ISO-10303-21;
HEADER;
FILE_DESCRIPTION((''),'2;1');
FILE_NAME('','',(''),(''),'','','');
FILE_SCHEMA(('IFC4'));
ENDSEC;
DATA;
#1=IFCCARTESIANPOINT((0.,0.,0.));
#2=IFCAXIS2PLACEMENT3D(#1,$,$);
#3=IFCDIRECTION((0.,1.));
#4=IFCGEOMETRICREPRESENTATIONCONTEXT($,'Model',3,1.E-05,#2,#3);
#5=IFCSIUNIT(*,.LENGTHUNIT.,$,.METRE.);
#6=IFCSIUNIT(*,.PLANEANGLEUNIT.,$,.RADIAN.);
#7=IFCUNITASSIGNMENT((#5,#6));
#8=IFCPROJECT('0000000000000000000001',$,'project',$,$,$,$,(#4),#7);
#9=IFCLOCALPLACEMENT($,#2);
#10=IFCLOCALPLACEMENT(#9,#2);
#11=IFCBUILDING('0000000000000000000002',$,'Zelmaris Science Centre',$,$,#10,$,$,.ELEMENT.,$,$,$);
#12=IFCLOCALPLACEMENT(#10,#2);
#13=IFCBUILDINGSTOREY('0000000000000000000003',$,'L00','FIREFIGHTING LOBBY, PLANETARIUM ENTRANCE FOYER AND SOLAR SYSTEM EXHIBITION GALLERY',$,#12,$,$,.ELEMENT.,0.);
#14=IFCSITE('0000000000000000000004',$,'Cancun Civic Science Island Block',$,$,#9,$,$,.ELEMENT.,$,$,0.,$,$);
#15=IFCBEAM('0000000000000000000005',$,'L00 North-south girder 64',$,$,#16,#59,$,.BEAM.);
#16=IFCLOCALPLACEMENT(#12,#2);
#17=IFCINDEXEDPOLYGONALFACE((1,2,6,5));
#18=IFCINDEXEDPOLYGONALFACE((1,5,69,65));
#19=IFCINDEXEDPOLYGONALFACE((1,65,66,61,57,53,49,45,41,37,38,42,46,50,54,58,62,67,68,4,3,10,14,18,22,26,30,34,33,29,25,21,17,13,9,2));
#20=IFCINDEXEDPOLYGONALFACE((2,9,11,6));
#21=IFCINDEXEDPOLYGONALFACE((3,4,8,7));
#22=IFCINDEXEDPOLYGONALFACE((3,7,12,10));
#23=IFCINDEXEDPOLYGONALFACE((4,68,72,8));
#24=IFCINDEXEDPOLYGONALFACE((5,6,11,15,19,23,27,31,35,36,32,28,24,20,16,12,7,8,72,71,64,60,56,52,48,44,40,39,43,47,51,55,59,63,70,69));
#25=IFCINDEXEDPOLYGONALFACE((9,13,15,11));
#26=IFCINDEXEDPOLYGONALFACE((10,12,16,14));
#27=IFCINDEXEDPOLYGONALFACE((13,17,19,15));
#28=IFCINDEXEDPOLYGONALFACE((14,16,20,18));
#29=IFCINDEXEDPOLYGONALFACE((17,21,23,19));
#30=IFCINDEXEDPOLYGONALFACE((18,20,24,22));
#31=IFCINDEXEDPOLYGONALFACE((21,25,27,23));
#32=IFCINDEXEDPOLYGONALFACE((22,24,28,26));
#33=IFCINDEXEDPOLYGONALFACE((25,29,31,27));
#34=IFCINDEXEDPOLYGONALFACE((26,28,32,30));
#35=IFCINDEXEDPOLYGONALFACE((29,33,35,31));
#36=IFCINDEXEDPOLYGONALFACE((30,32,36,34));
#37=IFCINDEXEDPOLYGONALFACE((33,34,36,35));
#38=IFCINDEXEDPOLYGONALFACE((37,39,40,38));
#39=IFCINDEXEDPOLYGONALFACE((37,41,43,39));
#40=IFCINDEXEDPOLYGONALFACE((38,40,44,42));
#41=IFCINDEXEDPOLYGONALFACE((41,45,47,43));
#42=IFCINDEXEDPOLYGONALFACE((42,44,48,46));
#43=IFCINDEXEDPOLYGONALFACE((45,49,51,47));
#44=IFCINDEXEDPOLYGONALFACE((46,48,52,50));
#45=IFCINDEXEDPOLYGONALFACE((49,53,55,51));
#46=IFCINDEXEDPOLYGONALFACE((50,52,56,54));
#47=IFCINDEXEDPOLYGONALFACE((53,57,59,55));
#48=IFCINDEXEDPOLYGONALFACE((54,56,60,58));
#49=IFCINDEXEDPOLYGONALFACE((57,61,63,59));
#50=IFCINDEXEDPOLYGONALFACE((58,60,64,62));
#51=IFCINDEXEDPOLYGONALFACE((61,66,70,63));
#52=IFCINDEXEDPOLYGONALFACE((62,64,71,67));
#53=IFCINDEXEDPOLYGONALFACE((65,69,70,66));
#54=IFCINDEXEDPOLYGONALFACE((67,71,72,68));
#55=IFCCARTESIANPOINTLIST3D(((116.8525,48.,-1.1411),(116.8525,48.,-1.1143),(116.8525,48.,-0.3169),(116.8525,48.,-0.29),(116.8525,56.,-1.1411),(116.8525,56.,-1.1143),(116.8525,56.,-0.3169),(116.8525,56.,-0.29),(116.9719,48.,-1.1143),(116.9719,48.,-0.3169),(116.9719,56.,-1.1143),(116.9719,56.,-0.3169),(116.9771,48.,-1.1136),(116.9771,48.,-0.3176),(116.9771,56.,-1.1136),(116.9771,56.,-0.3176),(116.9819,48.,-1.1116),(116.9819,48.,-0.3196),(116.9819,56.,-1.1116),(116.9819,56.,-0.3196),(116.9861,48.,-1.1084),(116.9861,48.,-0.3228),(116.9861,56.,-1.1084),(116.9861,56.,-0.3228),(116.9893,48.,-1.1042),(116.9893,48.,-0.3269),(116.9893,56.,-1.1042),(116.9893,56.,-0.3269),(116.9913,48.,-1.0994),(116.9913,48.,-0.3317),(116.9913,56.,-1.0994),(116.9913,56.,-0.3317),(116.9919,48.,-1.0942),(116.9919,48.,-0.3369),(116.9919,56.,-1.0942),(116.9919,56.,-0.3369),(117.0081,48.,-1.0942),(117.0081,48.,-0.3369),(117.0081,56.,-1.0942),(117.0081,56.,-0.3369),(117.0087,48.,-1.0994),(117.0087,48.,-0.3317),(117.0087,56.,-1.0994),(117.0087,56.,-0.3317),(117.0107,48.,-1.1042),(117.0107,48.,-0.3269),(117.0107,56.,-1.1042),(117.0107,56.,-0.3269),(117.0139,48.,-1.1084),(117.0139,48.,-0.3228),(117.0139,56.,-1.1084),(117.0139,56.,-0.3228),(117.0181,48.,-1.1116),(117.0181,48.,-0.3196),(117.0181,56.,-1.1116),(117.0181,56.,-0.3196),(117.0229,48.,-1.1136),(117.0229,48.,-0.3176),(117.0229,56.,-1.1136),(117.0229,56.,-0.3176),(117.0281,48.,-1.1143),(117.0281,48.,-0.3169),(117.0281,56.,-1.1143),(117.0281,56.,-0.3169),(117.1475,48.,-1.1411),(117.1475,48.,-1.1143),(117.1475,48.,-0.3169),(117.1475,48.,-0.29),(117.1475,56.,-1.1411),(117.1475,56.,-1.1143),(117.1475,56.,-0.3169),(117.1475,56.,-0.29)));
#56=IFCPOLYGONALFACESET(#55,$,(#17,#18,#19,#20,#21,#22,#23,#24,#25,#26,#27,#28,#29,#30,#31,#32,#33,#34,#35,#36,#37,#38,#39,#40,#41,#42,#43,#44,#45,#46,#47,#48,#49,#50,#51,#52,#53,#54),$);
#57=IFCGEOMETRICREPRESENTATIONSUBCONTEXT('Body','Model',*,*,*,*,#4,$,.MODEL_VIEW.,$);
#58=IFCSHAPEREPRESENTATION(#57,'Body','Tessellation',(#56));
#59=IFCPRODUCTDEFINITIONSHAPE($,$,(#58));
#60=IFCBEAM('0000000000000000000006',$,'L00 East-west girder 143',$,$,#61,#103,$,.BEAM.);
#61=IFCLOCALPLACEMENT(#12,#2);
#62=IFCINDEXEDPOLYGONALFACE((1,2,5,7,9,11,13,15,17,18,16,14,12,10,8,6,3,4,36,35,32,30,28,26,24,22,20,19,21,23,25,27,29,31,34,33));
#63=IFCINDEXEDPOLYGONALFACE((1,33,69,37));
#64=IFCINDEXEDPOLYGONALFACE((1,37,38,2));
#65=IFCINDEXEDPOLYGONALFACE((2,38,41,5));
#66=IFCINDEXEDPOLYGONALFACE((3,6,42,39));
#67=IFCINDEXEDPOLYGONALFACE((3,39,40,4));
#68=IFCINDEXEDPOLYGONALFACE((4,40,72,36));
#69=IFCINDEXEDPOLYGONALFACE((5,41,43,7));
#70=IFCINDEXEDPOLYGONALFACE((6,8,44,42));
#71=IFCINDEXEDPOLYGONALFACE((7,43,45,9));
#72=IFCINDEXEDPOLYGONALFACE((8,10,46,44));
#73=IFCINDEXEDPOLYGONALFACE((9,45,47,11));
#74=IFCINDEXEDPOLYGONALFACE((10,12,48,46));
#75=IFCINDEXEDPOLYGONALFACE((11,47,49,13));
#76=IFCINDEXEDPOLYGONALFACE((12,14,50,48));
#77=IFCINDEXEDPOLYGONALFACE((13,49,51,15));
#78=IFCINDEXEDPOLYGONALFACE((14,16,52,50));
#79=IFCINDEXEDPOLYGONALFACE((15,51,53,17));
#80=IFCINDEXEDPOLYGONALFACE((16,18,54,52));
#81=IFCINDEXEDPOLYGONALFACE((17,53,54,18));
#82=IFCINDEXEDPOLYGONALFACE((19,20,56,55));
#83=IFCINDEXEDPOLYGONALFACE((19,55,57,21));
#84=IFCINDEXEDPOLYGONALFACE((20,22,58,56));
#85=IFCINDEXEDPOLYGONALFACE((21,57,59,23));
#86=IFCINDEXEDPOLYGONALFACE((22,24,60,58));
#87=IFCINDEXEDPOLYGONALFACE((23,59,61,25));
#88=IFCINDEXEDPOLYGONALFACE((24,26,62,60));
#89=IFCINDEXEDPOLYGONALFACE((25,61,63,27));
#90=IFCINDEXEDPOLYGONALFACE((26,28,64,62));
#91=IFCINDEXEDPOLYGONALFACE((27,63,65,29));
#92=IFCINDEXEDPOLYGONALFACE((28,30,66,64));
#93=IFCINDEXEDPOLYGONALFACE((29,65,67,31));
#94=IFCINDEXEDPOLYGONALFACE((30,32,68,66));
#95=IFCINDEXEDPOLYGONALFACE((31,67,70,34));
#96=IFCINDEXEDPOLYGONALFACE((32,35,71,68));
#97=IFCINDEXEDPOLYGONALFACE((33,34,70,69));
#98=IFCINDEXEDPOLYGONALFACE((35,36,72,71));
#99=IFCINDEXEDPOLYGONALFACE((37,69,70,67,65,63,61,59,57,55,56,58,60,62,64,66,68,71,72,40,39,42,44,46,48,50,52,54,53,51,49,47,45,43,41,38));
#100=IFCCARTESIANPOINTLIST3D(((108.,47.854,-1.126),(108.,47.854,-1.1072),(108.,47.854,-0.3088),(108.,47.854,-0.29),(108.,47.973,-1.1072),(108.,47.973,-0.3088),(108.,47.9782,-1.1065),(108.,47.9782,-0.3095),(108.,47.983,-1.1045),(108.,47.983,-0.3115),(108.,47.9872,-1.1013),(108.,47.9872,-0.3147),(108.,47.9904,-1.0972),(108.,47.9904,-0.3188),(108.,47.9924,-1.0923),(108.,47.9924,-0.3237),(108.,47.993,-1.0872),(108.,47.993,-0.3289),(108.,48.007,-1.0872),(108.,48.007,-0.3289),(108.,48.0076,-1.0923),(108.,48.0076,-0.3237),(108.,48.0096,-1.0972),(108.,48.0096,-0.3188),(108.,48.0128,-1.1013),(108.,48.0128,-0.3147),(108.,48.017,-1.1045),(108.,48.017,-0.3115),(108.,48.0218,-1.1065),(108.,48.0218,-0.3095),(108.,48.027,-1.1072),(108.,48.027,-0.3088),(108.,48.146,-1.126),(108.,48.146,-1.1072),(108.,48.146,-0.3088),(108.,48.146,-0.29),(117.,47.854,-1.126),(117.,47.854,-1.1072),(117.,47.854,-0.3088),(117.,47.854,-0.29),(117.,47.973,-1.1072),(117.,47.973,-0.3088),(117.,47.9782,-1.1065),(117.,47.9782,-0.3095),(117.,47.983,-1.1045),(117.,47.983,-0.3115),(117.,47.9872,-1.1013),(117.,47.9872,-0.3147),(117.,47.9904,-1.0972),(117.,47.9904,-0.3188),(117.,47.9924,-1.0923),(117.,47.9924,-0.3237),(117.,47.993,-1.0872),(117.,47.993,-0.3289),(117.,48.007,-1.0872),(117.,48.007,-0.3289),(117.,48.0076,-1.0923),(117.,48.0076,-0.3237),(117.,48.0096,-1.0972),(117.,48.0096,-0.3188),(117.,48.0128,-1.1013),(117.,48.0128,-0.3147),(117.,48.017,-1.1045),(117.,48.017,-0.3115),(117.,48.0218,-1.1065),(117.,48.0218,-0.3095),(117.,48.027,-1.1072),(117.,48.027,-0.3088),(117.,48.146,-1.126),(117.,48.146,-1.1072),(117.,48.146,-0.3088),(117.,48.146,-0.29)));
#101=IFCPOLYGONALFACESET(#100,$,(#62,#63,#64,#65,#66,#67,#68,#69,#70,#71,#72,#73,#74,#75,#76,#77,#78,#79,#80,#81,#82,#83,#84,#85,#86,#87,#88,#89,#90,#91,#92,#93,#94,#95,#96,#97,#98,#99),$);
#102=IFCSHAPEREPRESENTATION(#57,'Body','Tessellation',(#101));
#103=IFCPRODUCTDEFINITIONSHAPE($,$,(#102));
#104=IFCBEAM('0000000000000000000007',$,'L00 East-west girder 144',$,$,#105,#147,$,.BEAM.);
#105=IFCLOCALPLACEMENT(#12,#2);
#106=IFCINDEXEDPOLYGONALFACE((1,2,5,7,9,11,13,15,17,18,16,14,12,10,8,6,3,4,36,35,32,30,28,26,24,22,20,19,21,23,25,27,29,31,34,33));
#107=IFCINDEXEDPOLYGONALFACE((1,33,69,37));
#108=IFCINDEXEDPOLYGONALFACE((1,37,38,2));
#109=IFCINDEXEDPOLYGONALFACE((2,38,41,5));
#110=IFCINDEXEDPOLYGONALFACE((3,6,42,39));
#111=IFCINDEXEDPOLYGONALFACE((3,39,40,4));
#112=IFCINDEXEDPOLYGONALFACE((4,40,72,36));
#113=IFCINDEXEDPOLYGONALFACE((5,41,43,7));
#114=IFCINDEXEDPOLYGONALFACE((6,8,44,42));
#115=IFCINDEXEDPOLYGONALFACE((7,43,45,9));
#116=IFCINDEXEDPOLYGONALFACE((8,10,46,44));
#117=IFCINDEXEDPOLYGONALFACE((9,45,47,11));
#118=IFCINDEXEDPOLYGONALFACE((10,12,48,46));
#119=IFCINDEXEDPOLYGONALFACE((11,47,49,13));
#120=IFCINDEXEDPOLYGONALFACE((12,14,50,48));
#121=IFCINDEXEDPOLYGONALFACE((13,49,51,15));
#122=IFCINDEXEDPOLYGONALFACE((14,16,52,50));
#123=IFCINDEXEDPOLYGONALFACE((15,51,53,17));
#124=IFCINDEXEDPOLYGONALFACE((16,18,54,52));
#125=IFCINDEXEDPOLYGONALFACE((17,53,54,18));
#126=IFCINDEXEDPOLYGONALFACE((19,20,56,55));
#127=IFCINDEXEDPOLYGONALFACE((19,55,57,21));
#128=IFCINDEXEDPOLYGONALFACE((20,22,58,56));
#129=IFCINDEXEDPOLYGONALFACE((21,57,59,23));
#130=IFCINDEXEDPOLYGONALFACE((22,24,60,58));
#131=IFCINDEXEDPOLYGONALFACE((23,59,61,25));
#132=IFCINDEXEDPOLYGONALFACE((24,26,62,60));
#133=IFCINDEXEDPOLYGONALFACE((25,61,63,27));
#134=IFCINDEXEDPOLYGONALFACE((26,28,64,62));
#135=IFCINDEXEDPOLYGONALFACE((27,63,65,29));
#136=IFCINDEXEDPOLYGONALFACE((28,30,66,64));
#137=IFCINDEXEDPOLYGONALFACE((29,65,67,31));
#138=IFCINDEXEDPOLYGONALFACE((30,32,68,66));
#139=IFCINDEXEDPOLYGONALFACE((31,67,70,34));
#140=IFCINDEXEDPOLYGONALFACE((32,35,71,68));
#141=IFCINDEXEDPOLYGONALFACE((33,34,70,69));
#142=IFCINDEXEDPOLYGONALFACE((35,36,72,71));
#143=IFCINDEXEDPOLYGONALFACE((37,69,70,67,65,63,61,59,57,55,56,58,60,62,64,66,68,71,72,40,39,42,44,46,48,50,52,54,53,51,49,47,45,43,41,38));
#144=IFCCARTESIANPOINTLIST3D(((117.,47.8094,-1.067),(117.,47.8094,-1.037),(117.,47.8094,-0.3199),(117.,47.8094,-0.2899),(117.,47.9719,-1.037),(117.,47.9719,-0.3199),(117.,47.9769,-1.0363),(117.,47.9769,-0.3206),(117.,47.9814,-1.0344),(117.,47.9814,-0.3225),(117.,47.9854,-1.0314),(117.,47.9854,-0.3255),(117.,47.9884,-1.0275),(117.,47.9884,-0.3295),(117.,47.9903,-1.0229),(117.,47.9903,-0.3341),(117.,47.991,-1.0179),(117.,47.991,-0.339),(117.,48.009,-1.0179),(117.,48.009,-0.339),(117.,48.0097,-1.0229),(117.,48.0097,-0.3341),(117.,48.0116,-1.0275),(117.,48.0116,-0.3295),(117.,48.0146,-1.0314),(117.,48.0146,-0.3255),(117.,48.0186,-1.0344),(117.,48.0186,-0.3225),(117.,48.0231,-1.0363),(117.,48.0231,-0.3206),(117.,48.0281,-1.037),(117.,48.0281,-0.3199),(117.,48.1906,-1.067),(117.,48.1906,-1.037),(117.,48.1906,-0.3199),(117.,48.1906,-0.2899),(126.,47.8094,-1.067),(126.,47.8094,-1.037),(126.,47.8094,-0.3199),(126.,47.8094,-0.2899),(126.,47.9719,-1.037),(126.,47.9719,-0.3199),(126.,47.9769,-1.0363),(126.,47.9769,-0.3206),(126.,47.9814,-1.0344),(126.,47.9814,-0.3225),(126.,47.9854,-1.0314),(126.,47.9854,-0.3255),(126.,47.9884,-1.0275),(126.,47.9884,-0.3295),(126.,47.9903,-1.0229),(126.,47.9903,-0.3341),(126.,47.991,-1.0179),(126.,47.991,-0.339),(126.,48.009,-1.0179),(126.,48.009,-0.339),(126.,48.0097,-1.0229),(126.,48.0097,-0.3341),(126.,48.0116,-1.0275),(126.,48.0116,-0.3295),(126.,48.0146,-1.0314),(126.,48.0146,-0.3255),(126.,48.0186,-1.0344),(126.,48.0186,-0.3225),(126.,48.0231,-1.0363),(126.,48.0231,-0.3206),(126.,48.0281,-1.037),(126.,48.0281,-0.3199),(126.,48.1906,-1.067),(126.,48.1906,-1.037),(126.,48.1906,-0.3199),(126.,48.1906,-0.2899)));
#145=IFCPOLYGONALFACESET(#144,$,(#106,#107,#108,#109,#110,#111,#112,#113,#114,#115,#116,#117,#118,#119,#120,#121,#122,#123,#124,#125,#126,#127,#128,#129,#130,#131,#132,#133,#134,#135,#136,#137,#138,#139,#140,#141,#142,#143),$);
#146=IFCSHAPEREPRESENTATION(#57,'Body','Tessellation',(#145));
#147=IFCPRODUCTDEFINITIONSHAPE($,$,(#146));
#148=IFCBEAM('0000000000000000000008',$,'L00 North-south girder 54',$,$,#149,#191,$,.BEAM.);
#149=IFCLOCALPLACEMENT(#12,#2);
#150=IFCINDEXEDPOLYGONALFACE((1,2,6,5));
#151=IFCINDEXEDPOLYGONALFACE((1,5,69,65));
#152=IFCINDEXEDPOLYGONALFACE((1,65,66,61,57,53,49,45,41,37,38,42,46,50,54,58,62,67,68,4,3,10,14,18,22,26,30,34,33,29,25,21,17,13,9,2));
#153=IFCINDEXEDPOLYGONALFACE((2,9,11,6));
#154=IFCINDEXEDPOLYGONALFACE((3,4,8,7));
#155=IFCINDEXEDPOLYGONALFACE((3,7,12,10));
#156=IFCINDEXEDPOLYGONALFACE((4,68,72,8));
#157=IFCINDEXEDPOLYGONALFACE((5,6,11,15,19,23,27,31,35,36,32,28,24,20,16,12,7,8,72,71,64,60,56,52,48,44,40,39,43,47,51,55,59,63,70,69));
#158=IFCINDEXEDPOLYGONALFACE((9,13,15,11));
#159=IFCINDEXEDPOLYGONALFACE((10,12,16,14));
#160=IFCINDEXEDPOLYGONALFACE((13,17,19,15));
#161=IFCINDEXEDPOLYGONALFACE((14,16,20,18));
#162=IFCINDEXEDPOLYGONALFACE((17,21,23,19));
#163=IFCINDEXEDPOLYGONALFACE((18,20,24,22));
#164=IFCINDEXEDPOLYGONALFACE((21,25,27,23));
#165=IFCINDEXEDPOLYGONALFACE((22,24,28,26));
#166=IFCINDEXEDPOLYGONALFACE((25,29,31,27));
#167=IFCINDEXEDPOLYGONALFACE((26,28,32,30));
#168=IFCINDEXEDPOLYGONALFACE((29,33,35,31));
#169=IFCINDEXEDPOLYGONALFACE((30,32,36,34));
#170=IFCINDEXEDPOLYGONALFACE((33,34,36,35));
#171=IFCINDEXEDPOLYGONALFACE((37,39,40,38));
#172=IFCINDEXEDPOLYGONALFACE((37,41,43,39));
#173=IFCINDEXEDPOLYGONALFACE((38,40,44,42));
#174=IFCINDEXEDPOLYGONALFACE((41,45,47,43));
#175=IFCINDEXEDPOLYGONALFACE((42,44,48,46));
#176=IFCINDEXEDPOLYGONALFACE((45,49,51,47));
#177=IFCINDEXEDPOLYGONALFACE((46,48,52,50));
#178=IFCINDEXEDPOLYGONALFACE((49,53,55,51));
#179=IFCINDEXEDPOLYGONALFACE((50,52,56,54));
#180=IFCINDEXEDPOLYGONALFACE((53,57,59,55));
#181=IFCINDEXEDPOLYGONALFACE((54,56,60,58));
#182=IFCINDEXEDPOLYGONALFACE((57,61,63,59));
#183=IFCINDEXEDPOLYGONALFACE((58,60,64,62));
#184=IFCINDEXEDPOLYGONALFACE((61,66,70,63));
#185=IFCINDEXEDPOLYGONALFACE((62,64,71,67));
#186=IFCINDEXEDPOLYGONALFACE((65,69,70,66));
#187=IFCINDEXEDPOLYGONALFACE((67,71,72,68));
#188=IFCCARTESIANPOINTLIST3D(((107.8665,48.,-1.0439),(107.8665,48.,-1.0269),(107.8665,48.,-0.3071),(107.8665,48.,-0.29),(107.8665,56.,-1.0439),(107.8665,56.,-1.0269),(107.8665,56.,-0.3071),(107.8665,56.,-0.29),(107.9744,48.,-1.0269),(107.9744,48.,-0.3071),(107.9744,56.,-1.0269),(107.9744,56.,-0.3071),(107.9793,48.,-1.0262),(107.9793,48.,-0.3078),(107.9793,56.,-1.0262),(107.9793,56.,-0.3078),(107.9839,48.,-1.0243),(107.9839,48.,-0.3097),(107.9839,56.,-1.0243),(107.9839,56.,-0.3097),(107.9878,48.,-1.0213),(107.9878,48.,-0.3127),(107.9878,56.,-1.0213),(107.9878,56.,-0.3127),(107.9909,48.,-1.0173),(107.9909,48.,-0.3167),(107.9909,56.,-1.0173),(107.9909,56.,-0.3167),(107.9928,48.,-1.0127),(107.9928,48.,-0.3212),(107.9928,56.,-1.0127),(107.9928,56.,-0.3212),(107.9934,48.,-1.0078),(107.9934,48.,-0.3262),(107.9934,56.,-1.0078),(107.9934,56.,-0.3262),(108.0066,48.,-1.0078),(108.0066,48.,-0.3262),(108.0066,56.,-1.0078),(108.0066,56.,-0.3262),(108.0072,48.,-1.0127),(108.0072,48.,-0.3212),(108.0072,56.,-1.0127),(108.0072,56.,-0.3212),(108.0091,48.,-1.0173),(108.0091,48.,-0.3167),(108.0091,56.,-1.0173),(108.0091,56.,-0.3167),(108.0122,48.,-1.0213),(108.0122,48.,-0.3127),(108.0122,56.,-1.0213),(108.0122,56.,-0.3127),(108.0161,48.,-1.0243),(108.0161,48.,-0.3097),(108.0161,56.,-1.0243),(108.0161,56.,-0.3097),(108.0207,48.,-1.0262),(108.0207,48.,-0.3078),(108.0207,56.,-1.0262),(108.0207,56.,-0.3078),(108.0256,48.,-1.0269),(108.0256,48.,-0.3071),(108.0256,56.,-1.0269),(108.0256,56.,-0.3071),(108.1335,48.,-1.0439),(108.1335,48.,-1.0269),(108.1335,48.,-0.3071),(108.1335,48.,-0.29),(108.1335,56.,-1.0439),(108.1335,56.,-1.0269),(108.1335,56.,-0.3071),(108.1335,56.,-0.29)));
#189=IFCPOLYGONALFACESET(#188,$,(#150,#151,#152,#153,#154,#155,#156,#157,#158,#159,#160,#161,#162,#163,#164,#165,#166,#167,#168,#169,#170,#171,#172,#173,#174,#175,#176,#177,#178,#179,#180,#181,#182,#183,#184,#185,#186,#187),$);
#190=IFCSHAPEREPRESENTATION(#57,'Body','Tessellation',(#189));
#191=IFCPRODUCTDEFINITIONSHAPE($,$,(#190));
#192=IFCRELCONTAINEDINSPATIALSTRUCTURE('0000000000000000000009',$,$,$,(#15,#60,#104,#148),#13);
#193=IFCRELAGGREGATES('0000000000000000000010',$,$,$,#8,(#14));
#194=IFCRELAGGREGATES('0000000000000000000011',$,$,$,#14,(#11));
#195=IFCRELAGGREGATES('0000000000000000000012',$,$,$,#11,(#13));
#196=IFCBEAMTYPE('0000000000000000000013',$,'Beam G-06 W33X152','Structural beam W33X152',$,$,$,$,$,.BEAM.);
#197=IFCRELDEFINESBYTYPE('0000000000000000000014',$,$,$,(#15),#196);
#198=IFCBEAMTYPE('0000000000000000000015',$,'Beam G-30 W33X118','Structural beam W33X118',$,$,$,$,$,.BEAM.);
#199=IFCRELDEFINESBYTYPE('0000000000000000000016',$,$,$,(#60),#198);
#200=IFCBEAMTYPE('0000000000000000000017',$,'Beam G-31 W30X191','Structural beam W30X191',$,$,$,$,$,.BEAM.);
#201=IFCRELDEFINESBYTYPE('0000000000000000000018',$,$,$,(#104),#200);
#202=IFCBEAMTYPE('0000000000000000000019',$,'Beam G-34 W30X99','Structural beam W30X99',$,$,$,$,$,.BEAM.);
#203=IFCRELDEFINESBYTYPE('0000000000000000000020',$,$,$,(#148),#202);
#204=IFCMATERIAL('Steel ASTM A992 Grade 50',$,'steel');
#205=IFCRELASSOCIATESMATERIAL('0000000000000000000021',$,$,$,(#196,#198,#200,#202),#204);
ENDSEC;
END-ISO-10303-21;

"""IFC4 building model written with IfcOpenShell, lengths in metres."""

from ifc_helpers import new_model, si_unit, direction, frame, origin, origin_2d, place, context, subcontext, project, spatial, i_section, extrude, material, material_profile, profile_set, type_object, element, save


model = new_model("IFC4")

# Units and contexts
model_context = context("Model", 3, precision=1e-05, world=origin(), true_north=direction((0.0, 1.0)))
body_context = subcontext(model_context, "Body", "Model", "MODEL_VIEW")
ifc_project = project(units=[si_unit("LENGTHUNIT", "METRE"), si_unit("PLANEANGLEUNIT", "RADIAN")], contexts=[model_context])

# Site, building, storey
site_placement = place(None, origin())
site = spatial("IfcSite", under=ifc_project, at=site_placement, Name="Cancun Civic Science Island Block", CompositionType="ELEMENT", RefElevation=0.0)
building_placement = place(site_placement, origin())
building = spatial("IfcBuilding", under=site, at=building_placement, Name="Zelmaris Science Centre", CompositionType="ELEMENT")
storey_placement = place(building_placement, origin())
storey = spatial("IfcBuildingStorey", under=building, at=storey_placement, Name="L00", Description="FIREFIGHTING LOBBY, PLANETARIUM ENTRANCE FOYER AND SOLAR SYSTEM EXHIBITION GALLERY", CompositionType="ELEMENT", Elevation=0.0)

# Shared definitions
ifc_material_1 = material(Name="Steel ASTM A992 Grade 50", Category="steel")

# Beams
ifc_material_profile_1 = material_profile(ifc_material_1, i_section(OverallWidth=0.2949, OverallDepth=0.8511, WebThickness=0.0161, FlangeThickness=0.0269, FilletRadius=0.02, at=origin_2d()), Name="W33X152")
ifc_profile_set_1 = profile_set([ifc_material_profile_1], Name="Steel ASTM A992 Grade 50")
beam_type_1 = type_object("IfcBeamType", Name="Beam G-06 W33X152", Description="Structural beam W33X152", PredefinedType="BEAM", material=ifc_profile_set_1)
beam_1_placement = place(storey_placement, frame((117.0, 48.0, -0.7156), z_axis=(0.0, 1.0, 0.0), x_axis=(-1.0, 0.0, 0.0)))
element("IfcBeam", 1, at=beam_1_placement, inside=storey, type_object=beam_type_1, Name="L00 North-south girder 64", PredefinedType="BEAM", context=body_context, shape_type="SweptSolid", body=[
    extrude(i_section(OverallWidth=0.2949, OverallDepth=0.8511, WebThickness=0.0161, FlangeThickness=0.0269, FilletRadius=0.02, at=origin_2d()), origin(), (0.0, 0.0, 1.0), 8.0),
])
ifc_material_profile_2 = material_profile(ifc_material_1, i_section(OverallWidth=0.292, OverallDepth=0.8359, WebThickness=0.0139, FlangeThickness=0.0188, FilletRadius=0.02, at=origin_2d()), Name="W33X118")
ifc_profile_set_2 = profile_set([ifc_material_profile_2], Name="Steel ASTM A992 Grade 50")
beam_type_2 = type_object("IfcBeamType", Name="Beam G-30 W33X118", Description="Structural beam W33X118", PredefinedType="BEAM", material=ifc_profile_set_2)
beam_2_placement = place(storey_placement, frame((108.0, 48.0, -0.708), z_axis=(1.0, 0.0, 0.0), x_axis=(0.0, 1.0, 0.0)))
element("IfcBeam", 2, at=beam_2_placement, inside=storey, type_object=beam_type_2, Name="L00 East-west girder 143", PredefinedType="BEAM", context=body_context, shape_type="SweptSolid", body=[
    extrude(i_section(OverallWidth=0.292, OverallDepth=0.8359, WebThickness=0.0139, FlangeThickness=0.0188, FilletRadius=0.02, at=origin_2d()), origin(), (0.0, 0.0, 1.0), 9.0),
])
ifc_material_profile_3 = material_profile(ifc_material_1, i_section(OverallWidth=0.3811, OverallDepth=0.7771, WebThickness=0.0181, FlangeThickness=0.03, FilletRadius=0.019, at=origin_2d()), Name="W30X191")
ifc_profile_set_3 = profile_set([ifc_material_profile_3], Name="Steel ASTM A992 Grade 50")
beam_type_3 = type_object("IfcBeamType", Name="Beam G-31 W30X191", Description="Structural beam W30X191", PredefinedType="BEAM", material=ifc_profile_set_3)
beam_3_placement = place(storey_placement, frame((117.0, 48.0, -0.6785), z_axis=(1.0, 0.0, 0.0), x_axis=(0.0, 1.0, 0.0)))
element("IfcBeam", 3, at=beam_3_placement, inside=storey, type_object=beam_type_3, Name="L00 East-west girder 144", PredefinedType="BEAM", context=body_context, shape_type="SweptSolid", body=[
    extrude(i_section(OverallWidth=0.3811, OverallDepth=0.7771, WebThickness=0.0181, FlangeThickness=0.03, FilletRadius=0.019, at=origin_2d()), origin(), (0.0, 0.0, 1.0), 9.0),
])
ifc_material_profile_4 = material_profile(ifc_material_1, i_section(OverallWidth=0.2671, OverallDepth=0.7539, WebThickness=0.0132, FlangeThickness=0.0171, FilletRadius=0.019, at=origin_2d()), Name="W30X99")
ifc_profile_set_4 = profile_set([ifc_material_profile_4], Name="Steel ASTM A992 Grade 50")
beam_type_4 = type_object("IfcBeamType", Name="Beam G-34 W30X99", Description="Structural beam W30X99", PredefinedType="BEAM", material=ifc_profile_set_4)
beam_4_placement = place(storey_placement, frame((108.0, 48.0, -0.667), z_axis=(0.0, 1.0, 0.0), x_axis=(-1.0, 0.0, 0.0)))
element("IfcBeam", 4, at=beam_4_placement, inside=storey, type_object=beam_type_4, Name="L00 North-south girder 54", PredefinedType="BEAM", context=body_context, shape_type="SweptSolid", body=[
    extrude(i_section(OverallWidth=0.2671, OverallDepth=0.7539, WebThickness=0.0132, FlangeThickness=0.0171, FilletRadius=0.019, at=origin_2d()), origin(), (0.0, 0.0, 1.0), 8.0),
])

save(model, "model.ifc")
